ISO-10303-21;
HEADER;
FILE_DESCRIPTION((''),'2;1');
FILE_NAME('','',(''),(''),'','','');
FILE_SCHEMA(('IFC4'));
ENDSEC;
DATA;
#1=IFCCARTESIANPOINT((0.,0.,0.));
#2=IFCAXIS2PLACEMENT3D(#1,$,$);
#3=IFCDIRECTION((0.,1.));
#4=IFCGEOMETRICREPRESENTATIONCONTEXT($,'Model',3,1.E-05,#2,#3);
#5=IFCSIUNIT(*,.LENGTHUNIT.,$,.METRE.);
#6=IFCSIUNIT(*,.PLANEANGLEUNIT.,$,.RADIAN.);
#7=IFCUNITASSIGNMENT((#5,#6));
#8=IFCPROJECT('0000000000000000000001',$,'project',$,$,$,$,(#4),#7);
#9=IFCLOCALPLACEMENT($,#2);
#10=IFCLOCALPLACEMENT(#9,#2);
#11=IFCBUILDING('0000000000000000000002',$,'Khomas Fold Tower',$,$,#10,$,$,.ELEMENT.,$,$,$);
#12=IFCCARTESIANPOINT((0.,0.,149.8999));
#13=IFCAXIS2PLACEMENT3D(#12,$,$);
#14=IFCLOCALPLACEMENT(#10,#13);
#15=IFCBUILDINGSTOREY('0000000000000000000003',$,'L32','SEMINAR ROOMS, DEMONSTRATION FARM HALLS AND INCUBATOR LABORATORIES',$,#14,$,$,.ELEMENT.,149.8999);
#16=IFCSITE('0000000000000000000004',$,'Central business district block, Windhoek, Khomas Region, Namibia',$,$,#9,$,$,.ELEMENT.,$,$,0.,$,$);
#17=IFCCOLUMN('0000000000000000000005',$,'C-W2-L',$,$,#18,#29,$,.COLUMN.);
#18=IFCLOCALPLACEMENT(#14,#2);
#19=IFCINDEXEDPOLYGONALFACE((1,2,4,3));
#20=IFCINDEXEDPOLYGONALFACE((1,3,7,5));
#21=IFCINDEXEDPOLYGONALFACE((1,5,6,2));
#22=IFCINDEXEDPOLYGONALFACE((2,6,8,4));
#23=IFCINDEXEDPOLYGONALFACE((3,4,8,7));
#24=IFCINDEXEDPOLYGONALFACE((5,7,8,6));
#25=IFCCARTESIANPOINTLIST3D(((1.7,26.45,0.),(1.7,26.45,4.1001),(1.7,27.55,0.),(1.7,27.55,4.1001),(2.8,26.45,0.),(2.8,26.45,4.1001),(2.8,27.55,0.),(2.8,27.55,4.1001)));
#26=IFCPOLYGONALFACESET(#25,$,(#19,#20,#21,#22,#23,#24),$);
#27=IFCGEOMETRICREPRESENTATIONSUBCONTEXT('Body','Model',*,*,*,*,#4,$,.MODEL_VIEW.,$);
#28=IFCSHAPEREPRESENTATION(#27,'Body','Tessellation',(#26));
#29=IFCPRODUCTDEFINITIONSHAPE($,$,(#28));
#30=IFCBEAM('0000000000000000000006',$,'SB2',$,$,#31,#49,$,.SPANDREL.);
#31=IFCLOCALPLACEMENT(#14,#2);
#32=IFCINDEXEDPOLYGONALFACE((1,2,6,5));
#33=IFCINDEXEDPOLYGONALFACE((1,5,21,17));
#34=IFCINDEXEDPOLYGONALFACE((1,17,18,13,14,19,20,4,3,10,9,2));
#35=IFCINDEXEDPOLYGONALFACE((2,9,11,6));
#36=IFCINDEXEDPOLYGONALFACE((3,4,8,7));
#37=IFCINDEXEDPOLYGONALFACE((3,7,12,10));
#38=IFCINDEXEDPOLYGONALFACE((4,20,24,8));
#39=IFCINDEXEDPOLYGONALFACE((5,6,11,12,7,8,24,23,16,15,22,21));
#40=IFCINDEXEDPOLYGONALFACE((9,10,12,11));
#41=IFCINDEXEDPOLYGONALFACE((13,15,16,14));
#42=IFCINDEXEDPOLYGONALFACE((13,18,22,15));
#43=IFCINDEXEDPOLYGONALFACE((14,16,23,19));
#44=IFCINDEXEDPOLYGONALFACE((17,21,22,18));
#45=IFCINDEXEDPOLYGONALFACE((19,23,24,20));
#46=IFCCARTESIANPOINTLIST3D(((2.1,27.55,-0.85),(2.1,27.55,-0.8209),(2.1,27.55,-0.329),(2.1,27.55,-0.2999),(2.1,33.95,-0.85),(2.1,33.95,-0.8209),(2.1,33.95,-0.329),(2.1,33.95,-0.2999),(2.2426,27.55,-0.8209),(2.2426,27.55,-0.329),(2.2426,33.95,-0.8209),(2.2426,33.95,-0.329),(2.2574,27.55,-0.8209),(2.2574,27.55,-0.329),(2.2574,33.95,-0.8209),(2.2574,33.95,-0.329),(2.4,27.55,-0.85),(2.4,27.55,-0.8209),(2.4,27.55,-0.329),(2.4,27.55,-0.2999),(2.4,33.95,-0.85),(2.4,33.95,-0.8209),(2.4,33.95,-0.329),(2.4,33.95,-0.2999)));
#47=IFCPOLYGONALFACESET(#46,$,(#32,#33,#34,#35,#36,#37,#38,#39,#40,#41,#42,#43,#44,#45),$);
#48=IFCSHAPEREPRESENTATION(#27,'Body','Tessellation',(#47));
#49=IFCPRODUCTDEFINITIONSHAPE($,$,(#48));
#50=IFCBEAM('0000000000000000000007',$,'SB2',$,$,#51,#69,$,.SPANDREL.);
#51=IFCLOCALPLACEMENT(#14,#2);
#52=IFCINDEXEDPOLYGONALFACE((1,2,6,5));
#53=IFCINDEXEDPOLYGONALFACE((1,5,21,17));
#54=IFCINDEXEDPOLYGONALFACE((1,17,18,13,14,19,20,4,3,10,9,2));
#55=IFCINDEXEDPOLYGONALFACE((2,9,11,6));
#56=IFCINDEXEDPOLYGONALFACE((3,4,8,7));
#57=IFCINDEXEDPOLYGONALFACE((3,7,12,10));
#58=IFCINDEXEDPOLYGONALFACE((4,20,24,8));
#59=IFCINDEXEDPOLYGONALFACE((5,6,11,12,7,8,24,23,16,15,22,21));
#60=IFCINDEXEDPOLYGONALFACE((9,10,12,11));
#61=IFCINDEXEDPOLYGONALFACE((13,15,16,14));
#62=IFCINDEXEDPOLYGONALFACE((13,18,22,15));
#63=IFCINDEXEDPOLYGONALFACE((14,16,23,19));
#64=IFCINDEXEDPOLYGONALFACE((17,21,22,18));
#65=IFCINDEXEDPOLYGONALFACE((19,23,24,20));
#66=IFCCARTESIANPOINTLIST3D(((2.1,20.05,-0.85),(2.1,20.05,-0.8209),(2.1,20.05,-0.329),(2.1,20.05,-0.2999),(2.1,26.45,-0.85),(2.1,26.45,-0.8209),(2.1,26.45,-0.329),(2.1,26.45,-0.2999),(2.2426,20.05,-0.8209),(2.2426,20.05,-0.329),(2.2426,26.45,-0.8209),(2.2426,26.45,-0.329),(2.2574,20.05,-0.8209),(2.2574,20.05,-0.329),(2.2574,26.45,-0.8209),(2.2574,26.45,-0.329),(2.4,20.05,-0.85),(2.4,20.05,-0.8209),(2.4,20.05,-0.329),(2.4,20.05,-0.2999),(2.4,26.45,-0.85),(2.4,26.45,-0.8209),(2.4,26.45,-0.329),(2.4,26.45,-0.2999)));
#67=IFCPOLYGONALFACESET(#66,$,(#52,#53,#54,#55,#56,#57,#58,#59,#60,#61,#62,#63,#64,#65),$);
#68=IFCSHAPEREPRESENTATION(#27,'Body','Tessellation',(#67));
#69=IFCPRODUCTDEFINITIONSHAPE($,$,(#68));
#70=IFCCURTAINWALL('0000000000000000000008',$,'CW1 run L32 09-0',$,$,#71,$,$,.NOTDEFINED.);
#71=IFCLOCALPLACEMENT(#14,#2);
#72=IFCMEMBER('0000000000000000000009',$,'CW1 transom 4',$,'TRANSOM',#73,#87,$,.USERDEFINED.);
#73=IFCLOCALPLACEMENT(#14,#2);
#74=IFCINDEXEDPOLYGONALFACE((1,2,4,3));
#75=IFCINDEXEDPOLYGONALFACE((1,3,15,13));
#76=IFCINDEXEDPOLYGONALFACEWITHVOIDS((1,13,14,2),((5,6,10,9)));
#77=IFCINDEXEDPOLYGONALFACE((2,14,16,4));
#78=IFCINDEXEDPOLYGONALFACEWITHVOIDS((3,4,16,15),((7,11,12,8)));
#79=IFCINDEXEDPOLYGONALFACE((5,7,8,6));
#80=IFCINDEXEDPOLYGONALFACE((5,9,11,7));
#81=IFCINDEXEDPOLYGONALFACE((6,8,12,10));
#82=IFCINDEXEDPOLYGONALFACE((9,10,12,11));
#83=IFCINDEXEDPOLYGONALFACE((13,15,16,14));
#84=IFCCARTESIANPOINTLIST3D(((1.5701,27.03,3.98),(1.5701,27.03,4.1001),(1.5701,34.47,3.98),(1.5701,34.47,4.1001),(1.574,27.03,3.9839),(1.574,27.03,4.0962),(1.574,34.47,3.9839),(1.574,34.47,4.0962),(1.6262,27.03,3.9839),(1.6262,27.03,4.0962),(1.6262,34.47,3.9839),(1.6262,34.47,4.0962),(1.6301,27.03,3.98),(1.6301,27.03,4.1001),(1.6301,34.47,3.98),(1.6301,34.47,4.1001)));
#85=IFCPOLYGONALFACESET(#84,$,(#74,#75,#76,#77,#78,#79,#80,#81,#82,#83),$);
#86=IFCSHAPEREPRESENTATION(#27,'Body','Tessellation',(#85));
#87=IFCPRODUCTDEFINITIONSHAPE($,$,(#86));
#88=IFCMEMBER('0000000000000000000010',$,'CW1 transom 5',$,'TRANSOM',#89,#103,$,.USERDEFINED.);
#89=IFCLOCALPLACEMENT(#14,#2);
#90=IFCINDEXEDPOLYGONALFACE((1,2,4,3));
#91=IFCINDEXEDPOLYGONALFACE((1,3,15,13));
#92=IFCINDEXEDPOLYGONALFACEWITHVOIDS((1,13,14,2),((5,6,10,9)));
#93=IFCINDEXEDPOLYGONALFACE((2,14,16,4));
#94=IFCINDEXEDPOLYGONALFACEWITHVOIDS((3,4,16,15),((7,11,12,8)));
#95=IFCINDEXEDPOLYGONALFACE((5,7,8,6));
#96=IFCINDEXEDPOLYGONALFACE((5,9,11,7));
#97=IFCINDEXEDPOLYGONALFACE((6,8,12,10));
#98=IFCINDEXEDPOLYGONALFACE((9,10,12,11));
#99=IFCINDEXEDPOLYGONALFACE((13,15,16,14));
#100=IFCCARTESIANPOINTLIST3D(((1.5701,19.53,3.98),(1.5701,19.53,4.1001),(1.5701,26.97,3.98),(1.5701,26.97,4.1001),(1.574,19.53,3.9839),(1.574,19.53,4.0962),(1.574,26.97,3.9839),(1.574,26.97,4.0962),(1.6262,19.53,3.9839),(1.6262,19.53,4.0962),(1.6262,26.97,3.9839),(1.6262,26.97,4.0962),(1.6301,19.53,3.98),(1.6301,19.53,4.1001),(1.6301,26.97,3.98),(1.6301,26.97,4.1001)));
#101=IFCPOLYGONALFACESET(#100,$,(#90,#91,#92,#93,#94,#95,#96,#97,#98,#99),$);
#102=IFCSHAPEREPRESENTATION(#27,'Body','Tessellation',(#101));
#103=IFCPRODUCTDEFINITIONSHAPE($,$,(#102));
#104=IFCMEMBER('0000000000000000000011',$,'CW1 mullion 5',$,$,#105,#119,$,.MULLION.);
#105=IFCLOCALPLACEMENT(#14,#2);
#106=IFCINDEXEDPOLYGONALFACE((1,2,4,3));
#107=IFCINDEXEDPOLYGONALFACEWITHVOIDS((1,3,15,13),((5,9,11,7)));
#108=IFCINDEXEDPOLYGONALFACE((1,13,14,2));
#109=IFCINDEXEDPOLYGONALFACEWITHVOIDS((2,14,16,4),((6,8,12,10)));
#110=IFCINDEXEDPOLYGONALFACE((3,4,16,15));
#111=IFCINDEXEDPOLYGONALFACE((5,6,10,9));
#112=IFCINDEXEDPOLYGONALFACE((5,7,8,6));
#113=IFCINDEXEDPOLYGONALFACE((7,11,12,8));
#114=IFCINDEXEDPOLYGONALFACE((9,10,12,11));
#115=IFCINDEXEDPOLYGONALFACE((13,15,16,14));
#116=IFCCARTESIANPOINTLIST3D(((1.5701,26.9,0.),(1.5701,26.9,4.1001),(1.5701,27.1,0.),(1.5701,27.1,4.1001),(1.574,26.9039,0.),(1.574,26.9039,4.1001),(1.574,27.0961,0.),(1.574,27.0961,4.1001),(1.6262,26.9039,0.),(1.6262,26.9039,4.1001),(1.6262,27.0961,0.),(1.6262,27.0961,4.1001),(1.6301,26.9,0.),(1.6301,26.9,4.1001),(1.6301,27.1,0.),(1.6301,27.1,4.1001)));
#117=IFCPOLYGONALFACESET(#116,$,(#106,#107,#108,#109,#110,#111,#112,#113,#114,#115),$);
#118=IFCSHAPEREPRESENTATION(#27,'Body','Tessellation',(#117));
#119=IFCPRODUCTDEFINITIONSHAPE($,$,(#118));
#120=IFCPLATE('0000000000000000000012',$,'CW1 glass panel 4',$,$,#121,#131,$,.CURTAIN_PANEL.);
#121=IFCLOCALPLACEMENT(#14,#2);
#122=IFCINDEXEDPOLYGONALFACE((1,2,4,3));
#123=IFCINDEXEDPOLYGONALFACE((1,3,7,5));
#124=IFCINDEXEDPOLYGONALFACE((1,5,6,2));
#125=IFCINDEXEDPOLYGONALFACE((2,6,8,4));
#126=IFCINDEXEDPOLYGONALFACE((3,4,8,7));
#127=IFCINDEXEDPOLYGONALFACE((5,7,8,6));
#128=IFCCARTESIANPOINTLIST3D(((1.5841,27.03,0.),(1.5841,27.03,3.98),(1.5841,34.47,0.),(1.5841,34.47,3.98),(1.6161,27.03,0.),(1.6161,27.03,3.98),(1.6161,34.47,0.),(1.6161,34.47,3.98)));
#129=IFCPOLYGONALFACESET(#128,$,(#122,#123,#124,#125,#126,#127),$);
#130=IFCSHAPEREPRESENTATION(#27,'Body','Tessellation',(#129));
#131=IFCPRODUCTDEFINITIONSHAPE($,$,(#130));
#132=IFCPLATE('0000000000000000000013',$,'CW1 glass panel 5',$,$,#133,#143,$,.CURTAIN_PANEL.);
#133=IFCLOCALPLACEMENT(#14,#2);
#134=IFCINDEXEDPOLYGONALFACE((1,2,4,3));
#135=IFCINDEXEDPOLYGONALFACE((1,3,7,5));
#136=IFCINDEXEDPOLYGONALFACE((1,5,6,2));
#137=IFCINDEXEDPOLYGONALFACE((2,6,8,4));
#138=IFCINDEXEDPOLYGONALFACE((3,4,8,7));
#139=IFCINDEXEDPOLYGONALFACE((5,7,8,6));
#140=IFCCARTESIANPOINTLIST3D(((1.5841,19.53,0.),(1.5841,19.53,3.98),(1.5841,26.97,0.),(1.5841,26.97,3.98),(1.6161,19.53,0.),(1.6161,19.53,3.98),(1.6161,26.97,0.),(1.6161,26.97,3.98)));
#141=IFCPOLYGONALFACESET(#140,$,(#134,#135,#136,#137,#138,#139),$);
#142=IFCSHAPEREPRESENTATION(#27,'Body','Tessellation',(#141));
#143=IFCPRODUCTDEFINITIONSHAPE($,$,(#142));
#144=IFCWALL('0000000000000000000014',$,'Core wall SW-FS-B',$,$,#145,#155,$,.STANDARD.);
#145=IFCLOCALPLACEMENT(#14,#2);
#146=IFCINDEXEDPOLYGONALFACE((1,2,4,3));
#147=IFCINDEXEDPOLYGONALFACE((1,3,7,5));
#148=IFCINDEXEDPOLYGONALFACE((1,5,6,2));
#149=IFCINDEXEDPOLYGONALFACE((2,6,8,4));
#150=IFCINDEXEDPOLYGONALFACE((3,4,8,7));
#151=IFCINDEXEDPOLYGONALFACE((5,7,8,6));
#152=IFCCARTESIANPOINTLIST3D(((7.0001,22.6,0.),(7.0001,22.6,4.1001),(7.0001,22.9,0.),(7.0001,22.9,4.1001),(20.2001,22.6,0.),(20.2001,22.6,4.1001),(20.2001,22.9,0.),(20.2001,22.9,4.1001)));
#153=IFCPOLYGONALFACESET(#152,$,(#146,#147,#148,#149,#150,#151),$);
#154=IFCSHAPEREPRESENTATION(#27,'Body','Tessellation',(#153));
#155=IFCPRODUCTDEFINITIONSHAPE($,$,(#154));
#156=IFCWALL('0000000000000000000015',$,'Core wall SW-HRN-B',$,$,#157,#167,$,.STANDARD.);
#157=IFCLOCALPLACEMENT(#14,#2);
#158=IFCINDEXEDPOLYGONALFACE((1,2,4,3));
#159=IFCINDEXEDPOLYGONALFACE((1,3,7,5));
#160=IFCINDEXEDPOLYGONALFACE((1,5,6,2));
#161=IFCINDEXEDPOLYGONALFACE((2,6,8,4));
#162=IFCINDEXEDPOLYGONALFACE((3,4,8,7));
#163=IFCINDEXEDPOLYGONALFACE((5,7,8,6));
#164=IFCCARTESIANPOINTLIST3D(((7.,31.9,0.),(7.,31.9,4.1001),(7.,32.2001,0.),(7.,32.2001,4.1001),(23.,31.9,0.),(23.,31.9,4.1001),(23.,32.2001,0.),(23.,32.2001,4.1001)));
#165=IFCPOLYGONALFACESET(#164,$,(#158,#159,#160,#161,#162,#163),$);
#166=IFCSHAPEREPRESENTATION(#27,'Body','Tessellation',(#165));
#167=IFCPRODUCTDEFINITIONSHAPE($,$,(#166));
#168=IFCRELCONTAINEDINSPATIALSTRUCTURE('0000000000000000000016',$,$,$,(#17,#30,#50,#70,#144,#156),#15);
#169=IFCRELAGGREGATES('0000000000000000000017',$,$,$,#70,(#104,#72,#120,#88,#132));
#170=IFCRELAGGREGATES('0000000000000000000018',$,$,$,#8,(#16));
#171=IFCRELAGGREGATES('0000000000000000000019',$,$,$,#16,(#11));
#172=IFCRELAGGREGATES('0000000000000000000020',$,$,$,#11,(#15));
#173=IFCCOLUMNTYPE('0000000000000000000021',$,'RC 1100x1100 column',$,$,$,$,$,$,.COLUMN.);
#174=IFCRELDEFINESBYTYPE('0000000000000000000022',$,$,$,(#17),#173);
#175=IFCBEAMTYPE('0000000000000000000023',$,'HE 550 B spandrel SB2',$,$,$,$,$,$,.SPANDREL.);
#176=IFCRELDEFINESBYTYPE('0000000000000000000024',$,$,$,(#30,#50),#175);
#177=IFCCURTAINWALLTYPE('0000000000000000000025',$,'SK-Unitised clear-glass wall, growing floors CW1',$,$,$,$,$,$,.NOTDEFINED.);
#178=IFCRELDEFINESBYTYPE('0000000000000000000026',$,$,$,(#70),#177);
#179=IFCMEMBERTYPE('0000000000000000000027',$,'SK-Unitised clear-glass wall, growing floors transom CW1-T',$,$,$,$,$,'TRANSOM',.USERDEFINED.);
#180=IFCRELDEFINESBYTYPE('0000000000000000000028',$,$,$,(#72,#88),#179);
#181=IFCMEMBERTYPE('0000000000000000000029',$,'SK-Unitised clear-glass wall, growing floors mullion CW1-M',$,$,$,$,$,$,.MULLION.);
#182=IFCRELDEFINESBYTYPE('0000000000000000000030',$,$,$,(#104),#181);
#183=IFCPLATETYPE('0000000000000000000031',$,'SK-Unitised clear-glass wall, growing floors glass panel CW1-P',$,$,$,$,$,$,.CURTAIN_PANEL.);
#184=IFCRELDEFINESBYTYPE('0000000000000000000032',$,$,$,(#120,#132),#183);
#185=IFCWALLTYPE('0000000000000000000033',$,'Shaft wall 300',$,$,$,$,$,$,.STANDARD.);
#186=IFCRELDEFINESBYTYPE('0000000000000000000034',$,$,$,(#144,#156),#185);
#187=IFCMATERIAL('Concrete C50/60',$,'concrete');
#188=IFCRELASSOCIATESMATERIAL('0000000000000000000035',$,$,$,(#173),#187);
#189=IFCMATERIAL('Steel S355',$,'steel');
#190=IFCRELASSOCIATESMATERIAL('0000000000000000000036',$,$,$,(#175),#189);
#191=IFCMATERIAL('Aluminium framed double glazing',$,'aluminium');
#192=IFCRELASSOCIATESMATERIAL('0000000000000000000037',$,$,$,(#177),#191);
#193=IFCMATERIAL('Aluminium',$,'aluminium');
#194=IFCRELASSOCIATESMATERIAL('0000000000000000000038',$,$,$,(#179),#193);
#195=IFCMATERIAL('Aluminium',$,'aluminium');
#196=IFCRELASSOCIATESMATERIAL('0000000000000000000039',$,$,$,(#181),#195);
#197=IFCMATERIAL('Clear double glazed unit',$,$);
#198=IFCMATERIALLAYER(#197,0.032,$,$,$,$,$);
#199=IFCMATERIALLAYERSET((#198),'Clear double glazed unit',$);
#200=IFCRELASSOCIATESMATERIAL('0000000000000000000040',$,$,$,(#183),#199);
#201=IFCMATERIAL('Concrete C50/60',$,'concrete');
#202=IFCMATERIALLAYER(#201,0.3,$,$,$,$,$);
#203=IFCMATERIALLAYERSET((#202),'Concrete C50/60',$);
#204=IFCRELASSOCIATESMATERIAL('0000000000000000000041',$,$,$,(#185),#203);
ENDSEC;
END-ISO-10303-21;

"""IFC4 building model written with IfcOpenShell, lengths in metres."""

from ifc_helpers import new_model, si_unit, direction, frame, frame_2d, origin, origin_2d, place, context, subcontext, project, spatial, rectangle, hollow_rectangle, i_section, extrude, source, transform, mapped, material, layer, layer_set, material_profile, profile_set, type_object, element, aggregate, save


model = new_model("IFC4")

# Units and contexts
model_context = context("Model", 3, precision=1e-05, world=origin(), true_north=direction((0.0, 1.0)))
body_context = subcontext(model_context, "Body", "Model", "MODEL_VIEW")
ifc_project = project(units=[si_unit("LENGTHUNIT", "METRE"), si_unit("PLANEANGLEUNIT", "RADIAN")], contexts=[model_context])

# Site, building, storey
site_placement = place(None, origin())
site = spatial("IfcSite", under=ifc_project, at=site_placement, Name="Central business district block, Windhoek, Khomas Region, Namibia", CompositionType="ELEMENT", RefElevation=0.0)
building_placement = place(site_placement, origin())
building = spatial("IfcBuilding", under=site, at=building_placement, Name="Khomas Fold Tower", CompositionType="ELEMENT")
storey_placement = place(building_placement, frame((0.0, 0.0, 149.8999)))
storey = spatial("IfcBuildingStorey", under=building, at=storey_placement, Name="L32", Description="SEMINAR ROOMS, DEMONSTRATION FARM HALLS AND INCUBATOR LABORATORIES", CompositionType="ELEMENT", Elevation=149.8999)

# Column
ifc_material_1 = material(Name="Concrete C50/60", Category="concrete")
ifc_material_profile_1 = material_profile(ifc_material_1, rectangle(XDim=1.1001, YDim=1.1001, at=origin_2d()), Name="RC 1100x1100")
ifc_profile_set_1 = profile_set([ifc_material_profile_1], Name="Concrete C50/60")
column_type = type_object("IfcColumnType", Name="RC 1100x1100 column", PredefinedType="COLUMN", material=ifc_profile_set_1)
shared_shape_1 = source(origin(), body_context, "Body", "SweptSolid", [
    extrude(rectangle(XDim=1.1001, YDim=1.1001, at=origin_2d()), origin(), (0.0, 0.0, 1.0), 4.1001),
])
column_placement = place(storey_placement, frame((2.25, 27.0, 0.0), z_axis=(0.0, 0.0, 1.0), x_axis=(1.0, 0.0, 0.0)))
element("IfcColumn", 1, at=column_placement, inside=storey, type_object=column_type, Name="C-W2-L", PredefinedType="COLUMN", context=body_context, shape_type="MappedRepresentation", body=[
    mapped(shared_shape_1, transform((0.0, 0.0, 0.0))),
])

# Beams
ifc_material_2 = material(Name="Steel S355", Category="steel")
ifc_material_profile_2 = material_profile(ifc_material_2, i_section(OverallWidth=0.3, OverallDepth=0.55, WebThickness=0.0149, FlangeThickness=0.0291, at=origin_2d()), Name="HE 550 B")
ifc_profile_set_2 = profile_set([ifc_material_profile_2], Name="Steel S355")
beam_type = type_object("IfcBeamType", Name="HE 550 B spandrel SB2", PredefinedType="SPANDREL", material=ifc_profile_set_2)
shared_shape_2 = source(origin(), body_context, "Body", "SweptSolid", [
    extrude(i_section(OverallWidth=0.3, OverallDepth=0.55, WebThickness=0.0149, FlangeThickness=0.0291, at=origin_2d()), origin(), (0.0, 0.0, 1.0), 6.3999),
])
for number, where, z_axis, x_axis, name in (
    (2, (2.25, 27.55, -0.575), (0.0, 1.0, 0.0), (-1.0, 0.0, 0.0), "SB2"),
    (3, (2.25, 20.05, -0.575), (0.0, 1.0, 0.0), (-1.0, 0.0, 0.0), "SB2"),
):
    element("IfcBeam", number, at=place(storey_placement, frame(where, z_axis=z_axis, x_axis=x_axis)), inside=storey, type_object=beam_type, Name=name, PredefinedType="SPANDREL", context=body_context, shape_type="MappedRepresentation", body=[
        mapped(shared_shape_2, transform((0.0, 0.0, 0.0))),
    ])

# Curtain wall, members, plates
ifc_material_3 = material(Name="Aluminium framed double glazing", Category="aluminium")
curtain_wall_type = type_object("IfcCurtainWallType", Name="SK-Unitised clear-glass wall, growing floors CW1", PredefinedType="NOTDEFINED", material=ifc_material_3)
curtain_wall_placement = place(storey_placement, origin())
curtain_wall = element("IfcCurtainWall", 4, at=curtain_wall_placement, inside=storey, type_object=curtain_wall_type, Name="CW1 run L32 09-0", PredefinedType="NOTDEFINED")
ifc_material_4 = material(Name="Aluminium", Category="aluminium")
ifc_material_profile_3 = material_profile(ifc_material_4, hollow_rectangle(XDim=0.0601, YDim=0.1201, WallThickness=0.0039, at=origin_2d()), Name="SK-Unitised clear-glass wall, growing floors transom CW1-T")
ifc_profile_set_3 = profile_set([ifc_material_profile_3], Name="Aluminium")
member_type_1 = type_object("IfcMemberType", Name="SK-Unitised clear-glass wall, growing floors transom CW1-T", ElementType="TRANSOM", PredefinedType="USERDEFINED", material=ifc_profile_set_3)
shared_shape_3 = source(origin(), body_context, "Body", "SweptSolid", [
    extrude(hollow_rectangle(XDim=0.0601, YDim=0.1201, WallThickness=0.0039, at=origin_2d()), origin(), (0.0, 0.0, 1.0), 7.4399),
])
member_1_placement = place(storey_placement, frame((1.6001, 34.47, 4.04), z_axis=(0.0, -1.0, 0.0), x_axis=(1.0, 0.0, 0.0)))
member_1 = element("IfcMember", 5, at=member_1_placement, type_object=member_type_1, Name="CW1 transom 4", ObjectType="TRANSOM", PredefinedType="USERDEFINED", context=body_context, shape_type="MappedRepresentation", body=[
    mapped(shared_shape_3, transform((0.0, 0.0, 0.0))),
])
member_2_placement = place(storey_placement, frame((1.6001, 26.97, 4.04), z_axis=(0.0, -1.0, 0.0), x_axis=(1.0, 0.0, 0.0)))
member_2 = element("IfcMember", 6, at=member_2_placement, type_object=member_type_1, Name="CW1 transom 5", ObjectType="TRANSOM", PredefinedType="USERDEFINED", context=body_context, shape_type="MappedRepresentation", body=[
    mapped(shared_shape_3, transform((0.0, 0.0, 0.0))),
])
ifc_material_5 = material(Name="Aluminium", Category="aluminium")
ifc_material_profile_4 = material_profile(ifc_material_5, hollow_rectangle(XDim=0.0601, YDim=0.2, WallThickness=0.0039, at=origin_2d()), Name="SK-Unitised clear-glass wall, growing floors mullion CW1-M")
ifc_profile_set_4 = profile_set([ifc_material_profile_4], Name="Aluminium")
member_type_2 = type_object("IfcMemberType", Name="SK-Unitised clear-glass wall, growing floors mullion CW1-M", PredefinedType="MULLION", material=ifc_profile_set_4)
shared_shape_4 = source(origin(), body_context, "Body", "SweptSolid", [
    extrude(hollow_rectangle(XDim=0.0601, YDim=0.2, WallThickness=0.0039, at=origin_2d()), origin(), (0.0, 0.0, 1.0), 4.1001),
])
member_3_placement = place(storey_placement, frame((1.6001, 27.0, 0.0), z_axis=(0.0, 0.0, 1.0), x_axis=(1.0, 0.0, 0.0)))
member_3 = element("IfcMember", 7, at=member_3_placement, type_object=member_type_2, Name="CW1 mullion 5", PredefinedType="MULLION", context=body_context, shape_type="MappedRepresentation", body=[
    mapped(shared_shape_4, transform((0.0, 0.0, 0.0))),
])
ifc_material_6 = material(Name="Clear double glazed unit")
ifc_layer_1 = layer(ifc_material_6, 0.032)
ifc_layer_set_1 = layer_set([ifc_layer_1], Name="Clear double glazed unit")
plate_type = type_object("IfcPlateType", Name="SK-Unitised clear-glass wall, growing floors glass panel CW1-P", PredefinedType="CURTAIN_PANEL", material=ifc_layer_set_1)
shared_shape_5 = source(origin(), body_context, "Body", "SweptSolid", [
    extrude(rectangle(XDim=7.4399, YDim=0.032, at=origin_2d()), origin(), (0.0, 0.0, 1.0), 3.98),
])
plate_1_placement = place(storey_placement, frame((1.6001, 30.75, 0.0), z_axis=(0.0, 0.0, 1.0), x_axis=(0.0, -1.0, 0.0)))
plate_1 = element("IfcPlate", 8, at=plate_1_placement, type_object=plate_type, Name="CW1 glass panel 4", PredefinedType="CURTAIN_PANEL", context=body_context, shape_type="MappedRepresentation", body=[
    mapped(shared_shape_5, transform((0.0, 0.0, 0.0))),
])
plate_2_placement = place(storey_placement, frame((1.6001, 23.25, 0.0), z_axis=(0.0, 0.0, 1.0), x_axis=(0.0, -1.0, 0.0)))
plate_2 = element("IfcPlate", 9, at=plate_2_placement, type_object=plate_type, Name="CW1 glass panel 5", PredefinedType="CURTAIN_PANEL", context=body_context, shape_type="MappedRepresentation", body=[
    mapped(shared_shape_5, transform((0.0, 0.0, 0.0))),
])
aggregate(curtain_wall, [member_3, member_1, plate_1, member_2, plate_2])

# Walls
ifc_material_7 = material(Name="Concrete C50/60", Category="concrete")
ifc_layer_2 = layer(ifc_material_7, 0.3)
ifc_layer_set_2 = layer_set([ifc_layer_2], Name="Concrete C50/60")
wall_type_1 = type_object("IfcWallType", Name="Shaft wall 300", PredefinedType="STANDARD", material=ifc_layer_set_2)
shared_shape_6 = source(origin(), body_context, "Body", "SweptSolid", [
    extrude(rectangle(XDim=13.2, YDim=0.3, at=frame_2d((6.6001, 0.0))), origin(), (0.0, 0.0, 1.0), 4.1001),
])
wall_1_placement = place(storey_placement, frame((7.0, 22.75, 0.0), z_axis=(0.0, 0.0, 1.0), x_axis=(1.0, 0.0, 0.0)))
element("IfcWall", 10, at=wall_1_placement, inside=storey, type_object=wall_type_1, Name="Core wall SW-FS-B", PredefinedType="STANDARD", context=body_context, shape_type="MappedRepresentation", body=[
    mapped(shared_shape_6, transform((0.0, 0.0, 0.0))),
])
shared_shape_7 = source(origin(), body_context, "Body", "SweptSolid", [
    extrude(rectangle(XDim=16.0, YDim=0.3, at=frame_2d((8.0, 0.0))), origin(), (0.0, 0.0, 1.0), 4.1001),
])
wall_2_placement = place(storey_placement, frame((7.0, 32.05, 0.0), z_axis=(0.0, 0.0, 1.0), x_axis=(1.0, 0.0, 0.0)))
element("IfcWall", 11, at=wall_2_placement, inside=storey, type_object=wall_type_1, Name="Core wall SW-HRN-B", PredefinedType="STANDARD", context=body_context, shape_type="MappedRepresentation", body=[
    mapped(shared_shape_7, transform((0.0, 0.0, 0.0))),
])

save(model, "model.ifc")
